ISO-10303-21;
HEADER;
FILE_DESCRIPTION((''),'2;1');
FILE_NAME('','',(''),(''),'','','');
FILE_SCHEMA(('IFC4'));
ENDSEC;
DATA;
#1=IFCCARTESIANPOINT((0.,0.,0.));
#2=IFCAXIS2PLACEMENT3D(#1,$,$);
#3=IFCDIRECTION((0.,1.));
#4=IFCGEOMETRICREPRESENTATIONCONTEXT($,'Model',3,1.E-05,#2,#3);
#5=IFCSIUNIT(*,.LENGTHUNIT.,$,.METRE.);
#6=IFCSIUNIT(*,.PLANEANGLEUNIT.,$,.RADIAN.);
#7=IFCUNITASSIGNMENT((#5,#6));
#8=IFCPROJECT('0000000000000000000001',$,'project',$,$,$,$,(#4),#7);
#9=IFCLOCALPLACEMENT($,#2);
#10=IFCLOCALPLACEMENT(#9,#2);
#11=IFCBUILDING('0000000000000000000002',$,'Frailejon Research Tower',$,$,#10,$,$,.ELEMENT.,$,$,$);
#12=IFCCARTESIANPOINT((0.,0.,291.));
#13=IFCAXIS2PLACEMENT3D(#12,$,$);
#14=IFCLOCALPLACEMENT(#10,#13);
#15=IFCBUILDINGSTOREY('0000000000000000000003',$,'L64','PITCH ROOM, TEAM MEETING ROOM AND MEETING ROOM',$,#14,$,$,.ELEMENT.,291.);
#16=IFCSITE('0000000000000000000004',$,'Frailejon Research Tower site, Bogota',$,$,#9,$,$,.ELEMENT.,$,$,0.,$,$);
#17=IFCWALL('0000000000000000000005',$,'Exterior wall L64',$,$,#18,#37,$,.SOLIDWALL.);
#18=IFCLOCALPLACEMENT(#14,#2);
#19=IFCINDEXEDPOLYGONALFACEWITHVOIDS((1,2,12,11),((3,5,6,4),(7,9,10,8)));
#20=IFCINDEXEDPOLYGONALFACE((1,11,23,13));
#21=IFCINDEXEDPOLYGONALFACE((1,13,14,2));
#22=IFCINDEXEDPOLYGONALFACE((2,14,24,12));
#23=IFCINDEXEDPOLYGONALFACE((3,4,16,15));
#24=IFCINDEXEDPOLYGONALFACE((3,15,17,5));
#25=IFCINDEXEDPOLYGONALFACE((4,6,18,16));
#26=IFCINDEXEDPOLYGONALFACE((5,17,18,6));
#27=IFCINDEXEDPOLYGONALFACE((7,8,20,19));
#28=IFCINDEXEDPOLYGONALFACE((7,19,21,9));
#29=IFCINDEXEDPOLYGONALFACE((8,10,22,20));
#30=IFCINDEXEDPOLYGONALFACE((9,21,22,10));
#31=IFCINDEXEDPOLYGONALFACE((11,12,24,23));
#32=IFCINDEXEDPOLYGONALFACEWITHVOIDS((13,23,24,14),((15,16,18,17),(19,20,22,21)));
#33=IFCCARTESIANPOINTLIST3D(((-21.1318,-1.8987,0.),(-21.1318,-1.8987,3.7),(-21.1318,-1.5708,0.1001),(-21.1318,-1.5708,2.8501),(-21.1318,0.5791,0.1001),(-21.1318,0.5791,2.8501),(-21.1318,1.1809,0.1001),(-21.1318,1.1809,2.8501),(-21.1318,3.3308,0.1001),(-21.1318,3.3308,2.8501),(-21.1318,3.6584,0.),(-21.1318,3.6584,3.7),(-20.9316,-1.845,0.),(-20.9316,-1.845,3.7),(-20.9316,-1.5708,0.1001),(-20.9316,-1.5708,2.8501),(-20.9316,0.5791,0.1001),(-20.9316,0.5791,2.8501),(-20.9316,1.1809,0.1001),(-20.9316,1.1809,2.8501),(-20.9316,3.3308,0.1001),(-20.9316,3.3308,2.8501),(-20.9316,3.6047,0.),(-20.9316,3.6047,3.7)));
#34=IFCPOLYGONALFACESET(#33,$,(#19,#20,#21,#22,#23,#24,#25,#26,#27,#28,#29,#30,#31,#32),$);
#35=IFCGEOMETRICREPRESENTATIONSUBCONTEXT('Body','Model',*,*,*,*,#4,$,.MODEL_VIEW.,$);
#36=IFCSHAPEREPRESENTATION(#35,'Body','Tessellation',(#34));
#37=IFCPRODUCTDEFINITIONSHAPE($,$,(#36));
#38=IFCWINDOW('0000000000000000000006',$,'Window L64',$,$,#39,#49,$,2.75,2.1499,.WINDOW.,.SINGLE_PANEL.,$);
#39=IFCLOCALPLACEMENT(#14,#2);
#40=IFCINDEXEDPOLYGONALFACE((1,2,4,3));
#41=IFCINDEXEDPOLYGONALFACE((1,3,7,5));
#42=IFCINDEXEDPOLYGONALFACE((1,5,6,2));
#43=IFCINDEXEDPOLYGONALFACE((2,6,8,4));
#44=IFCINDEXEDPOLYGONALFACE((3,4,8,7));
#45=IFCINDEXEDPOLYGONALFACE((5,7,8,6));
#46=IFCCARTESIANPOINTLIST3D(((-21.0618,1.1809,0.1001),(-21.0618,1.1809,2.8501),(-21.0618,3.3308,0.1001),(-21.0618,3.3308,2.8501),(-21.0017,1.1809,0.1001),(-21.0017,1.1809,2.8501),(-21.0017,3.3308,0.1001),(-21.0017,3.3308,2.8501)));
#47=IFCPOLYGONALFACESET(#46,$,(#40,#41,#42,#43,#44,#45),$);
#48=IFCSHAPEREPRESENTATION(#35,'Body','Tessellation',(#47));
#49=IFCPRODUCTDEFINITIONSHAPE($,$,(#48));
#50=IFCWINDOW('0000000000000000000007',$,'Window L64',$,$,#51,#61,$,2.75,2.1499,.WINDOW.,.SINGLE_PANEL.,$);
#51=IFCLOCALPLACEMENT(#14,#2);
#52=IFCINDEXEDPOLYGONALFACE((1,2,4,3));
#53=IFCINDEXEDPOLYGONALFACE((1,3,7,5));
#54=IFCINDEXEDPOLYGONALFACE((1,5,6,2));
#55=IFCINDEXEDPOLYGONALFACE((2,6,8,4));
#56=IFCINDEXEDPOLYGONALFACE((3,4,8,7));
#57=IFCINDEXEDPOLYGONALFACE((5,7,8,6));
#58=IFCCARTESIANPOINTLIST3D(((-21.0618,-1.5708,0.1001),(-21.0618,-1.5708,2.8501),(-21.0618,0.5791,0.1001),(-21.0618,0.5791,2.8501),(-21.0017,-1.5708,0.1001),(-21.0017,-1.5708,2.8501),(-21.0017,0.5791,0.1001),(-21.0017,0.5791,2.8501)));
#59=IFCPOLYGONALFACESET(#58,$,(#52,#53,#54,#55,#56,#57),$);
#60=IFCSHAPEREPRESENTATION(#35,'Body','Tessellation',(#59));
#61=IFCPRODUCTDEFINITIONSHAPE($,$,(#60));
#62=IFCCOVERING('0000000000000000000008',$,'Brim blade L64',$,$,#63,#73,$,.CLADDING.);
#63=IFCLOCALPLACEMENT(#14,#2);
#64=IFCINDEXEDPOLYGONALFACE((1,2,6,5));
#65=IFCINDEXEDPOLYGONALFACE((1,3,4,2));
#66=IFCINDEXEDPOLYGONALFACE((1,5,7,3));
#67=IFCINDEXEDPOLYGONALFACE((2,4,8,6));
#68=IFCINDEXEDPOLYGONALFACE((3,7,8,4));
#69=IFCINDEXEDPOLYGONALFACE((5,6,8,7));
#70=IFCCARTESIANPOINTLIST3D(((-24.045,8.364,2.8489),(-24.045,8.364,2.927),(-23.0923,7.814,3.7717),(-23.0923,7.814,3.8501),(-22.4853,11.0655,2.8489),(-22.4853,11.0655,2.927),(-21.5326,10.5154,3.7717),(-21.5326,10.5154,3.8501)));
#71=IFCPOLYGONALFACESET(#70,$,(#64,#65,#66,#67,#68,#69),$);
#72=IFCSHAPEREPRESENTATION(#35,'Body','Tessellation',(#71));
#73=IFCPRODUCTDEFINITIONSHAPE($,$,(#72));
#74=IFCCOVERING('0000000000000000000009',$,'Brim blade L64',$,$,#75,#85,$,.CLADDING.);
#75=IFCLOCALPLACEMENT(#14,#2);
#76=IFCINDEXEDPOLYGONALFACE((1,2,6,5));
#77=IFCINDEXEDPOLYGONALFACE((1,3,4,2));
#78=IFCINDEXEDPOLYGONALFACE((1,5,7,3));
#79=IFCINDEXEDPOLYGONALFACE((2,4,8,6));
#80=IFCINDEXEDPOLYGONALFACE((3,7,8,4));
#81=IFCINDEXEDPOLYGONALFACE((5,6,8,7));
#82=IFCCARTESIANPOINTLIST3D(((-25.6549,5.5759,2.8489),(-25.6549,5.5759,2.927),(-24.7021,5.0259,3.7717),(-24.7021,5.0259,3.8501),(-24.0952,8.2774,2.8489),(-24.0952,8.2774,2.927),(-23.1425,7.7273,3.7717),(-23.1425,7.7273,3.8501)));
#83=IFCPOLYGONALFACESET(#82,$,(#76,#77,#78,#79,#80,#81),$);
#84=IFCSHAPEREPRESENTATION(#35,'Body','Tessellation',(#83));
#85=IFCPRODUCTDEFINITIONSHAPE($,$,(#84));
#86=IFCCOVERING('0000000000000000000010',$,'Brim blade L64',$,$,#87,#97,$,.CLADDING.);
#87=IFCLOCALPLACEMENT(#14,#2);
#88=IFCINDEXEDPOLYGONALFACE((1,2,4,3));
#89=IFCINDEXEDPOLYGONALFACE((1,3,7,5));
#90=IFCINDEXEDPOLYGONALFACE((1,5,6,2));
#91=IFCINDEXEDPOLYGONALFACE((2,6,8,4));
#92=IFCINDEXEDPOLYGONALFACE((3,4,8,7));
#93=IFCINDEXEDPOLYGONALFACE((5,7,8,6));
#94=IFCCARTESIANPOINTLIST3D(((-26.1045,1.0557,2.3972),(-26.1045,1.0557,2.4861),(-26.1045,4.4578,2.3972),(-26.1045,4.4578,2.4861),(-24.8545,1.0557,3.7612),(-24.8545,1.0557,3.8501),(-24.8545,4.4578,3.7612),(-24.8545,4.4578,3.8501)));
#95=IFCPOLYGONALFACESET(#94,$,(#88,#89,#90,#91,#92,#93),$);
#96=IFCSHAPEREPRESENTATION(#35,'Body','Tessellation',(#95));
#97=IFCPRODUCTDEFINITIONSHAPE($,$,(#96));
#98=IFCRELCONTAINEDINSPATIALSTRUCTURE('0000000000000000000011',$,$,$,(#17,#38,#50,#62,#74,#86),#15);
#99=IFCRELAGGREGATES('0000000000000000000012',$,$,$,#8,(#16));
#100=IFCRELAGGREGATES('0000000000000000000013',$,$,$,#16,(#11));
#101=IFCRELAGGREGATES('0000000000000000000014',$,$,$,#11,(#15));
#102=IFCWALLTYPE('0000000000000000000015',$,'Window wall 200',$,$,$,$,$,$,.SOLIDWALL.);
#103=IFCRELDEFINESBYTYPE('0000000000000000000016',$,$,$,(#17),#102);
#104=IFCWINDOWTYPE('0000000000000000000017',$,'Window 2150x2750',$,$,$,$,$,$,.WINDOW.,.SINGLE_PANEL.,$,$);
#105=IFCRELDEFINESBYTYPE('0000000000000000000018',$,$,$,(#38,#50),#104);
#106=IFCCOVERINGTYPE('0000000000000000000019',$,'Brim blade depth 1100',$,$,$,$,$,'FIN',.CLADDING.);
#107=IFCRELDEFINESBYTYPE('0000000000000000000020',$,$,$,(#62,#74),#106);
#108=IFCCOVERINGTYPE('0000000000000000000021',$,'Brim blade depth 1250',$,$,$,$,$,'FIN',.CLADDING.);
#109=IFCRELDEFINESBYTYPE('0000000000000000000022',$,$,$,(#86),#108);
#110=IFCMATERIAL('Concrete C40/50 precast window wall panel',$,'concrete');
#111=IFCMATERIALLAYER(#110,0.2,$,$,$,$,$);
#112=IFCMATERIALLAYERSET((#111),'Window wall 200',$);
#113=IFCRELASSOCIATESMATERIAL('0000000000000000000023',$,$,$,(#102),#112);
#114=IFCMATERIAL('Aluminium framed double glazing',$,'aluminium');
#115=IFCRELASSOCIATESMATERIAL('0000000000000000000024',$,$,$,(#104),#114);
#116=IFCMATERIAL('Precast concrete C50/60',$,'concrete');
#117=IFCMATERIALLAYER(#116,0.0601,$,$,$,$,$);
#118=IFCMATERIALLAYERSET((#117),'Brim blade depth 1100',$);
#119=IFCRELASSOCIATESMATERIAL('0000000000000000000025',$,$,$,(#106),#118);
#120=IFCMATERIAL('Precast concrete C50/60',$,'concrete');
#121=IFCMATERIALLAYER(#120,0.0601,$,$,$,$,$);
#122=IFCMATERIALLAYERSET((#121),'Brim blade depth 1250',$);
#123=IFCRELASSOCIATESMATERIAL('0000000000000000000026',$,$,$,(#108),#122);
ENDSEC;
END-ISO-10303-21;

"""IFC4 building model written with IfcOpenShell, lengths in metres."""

from ifc_helpers import new_model, si_unit, direction, frame, frame_2d, origin, place, context, subcontext, project, spatial, polyline, rectangle, outline, extrude, material, layer, layer_set, type_object, element, fill, save


model = new_model("IFC4")

# Units and contexts
model_context = context("Model", 3, precision=1e-05, world=origin(), true_north=direction((0.0, 1.0)))
body_context = subcontext(model_context, "Body", "Model", "MODEL_VIEW")
ifc_project = project(units=[si_unit("LENGTHUNIT", "METRE"), si_unit("PLANEANGLEUNIT", "RADIAN")], contexts=[model_context])

# Site, building, storey
site_placement = place(None, origin())
site = spatial("IfcSite", under=ifc_project, at=site_placement, Name="Frailejon Research Tower site, Bogota", CompositionType="ELEMENT", RefElevation=0.0)
building_placement = place(site_placement, origin())
building = spatial("IfcBuilding", under=site, at=building_placement, Name="Frailejon Research Tower", CompositionType="ELEMENT")
storey_placement = place(building_placement, frame((0.0, 0.0, 291.0)))
storey = spatial("IfcBuildingStorey", under=building, at=storey_placement, Name="L64", Description="PITCH ROOM, TEAM MEETING ROOM AND MEETING ROOM", CompositionType="ELEMENT", Elevation=291.0)

# Wall, openings, windows
ifc_material_1 = material(Name="Concrete C40/50 precast window wall panel", Category="concrete")
ifc_layer_1 = layer(ifc_material_1, 0.2)
ifc_layer_set_1 = layer_set([ifc_layer_1], Name="Window wall 200")
wall_type_1 = type_object("IfcWallType", Name="Window wall 200", PredefinedType="SOLIDWALL", material=ifc_layer_set_1)
wall_1_placement = place(storey_placement, frame((-21.0317, 3.6316, 0.0), z_axis=(0.0, 0.0, 1.0), x_axis=(0.0, -1.0, 0.0)))
wall_1 = element("IfcWall", 1, at=wall_1_placement, inside=storey, type_object=wall_type_1, Name="Exterior wall L64", PredefinedType="SOLIDWALL", context=body_context, shape_type="SweptSolid", body=[
    extrude(outline(polyline([(-0.0269, -0.1001), (1.0845, -0.1001), (2.196, -0.1001), (3.3074, -0.1001), (4.4189, -0.1001), (5.5303, -0.1001), (5.4766, 0.1001), (4.3867, 0.1001), (3.2966, 0.1001), (2.2068, 0.1001), (1.1167, 0.1001), (0.0269, 0.1001), (-0.0269, -0.1001)])), origin(), (0.0, 0.0, 1.0), 3.7),
])
opening_1_placement = place(wall_1_placement, frame((0.3008, 0.0, 0.1001)))
opening_1 = element("IfcOpeningElement", 2, at=opening_1_placement, cuts=wall_1, PredefinedType="OPENING", context=body_context, shape_type="SweptSolid", body=[
    extrude(rectangle(XDim=2.1499, YDim=2.75, at=frame_2d((1.075, 1.375))), frame((0.0, 0.1099, 0.0), z_axis=(0.0, -1.0, 0.0), x_axis=(1.0, 0.0, 0.0)), (0.0, 0.0, 1.0), 0.22),
])
opening_2_placement = place(wall_1_placement, frame((3.0525, 0.0, 0.1001)))
opening_2 = element("IfcOpeningElement", 3, at=opening_2_placement, cuts=wall_1, PredefinedType="OPENING", context=body_context, shape_type="SweptSolid", body=[
    extrude(rectangle(XDim=2.1499, YDim=2.75, at=frame_2d((1.075, 1.375))), frame((0.0, 0.1099, 0.0), z_axis=(0.0, -1.0, 0.0), x_axis=(1.0, 0.0, 0.0)), (0.0, 0.0, 1.0), 0.22),
])
ifc_material_2 = material(Name="Aluminium framed double glazing", Category="aluminium")
window_type = type_object("IfcWindowType", Name="Window 2150x2750", PartitioningType="SINGLE_PANEL", PredefinedType="WINDOW", material=ifc_material_2)
window_1_placement = place(opening_1_placement, origin())
window_1 = element("IfcWindow", 4, at=window_1_placement, inside=storey, type_object=window_type, Name="Window L64", OverallHeight=2.75, OverallWidth=2.1499, PartitioningType="SINGLE_PANEL", PredefinedType="WINDOW", context=body_context, shape_type="SweptSolid", body=[
    extrude(rectangle(XDim=2.1499, YDim=2.75, at=frame_2d((1.075, 1.375))), frame((0.0, 0.03, 0.0), z_axis=(0.0, -1.0, 0.0), x_axis=(1.0, 0.0, 0.0)), (0.0, 0.0, 1.0), 0.0601),
])
fill(opening_1, window_1)
window_2_placement = place(opening_2_placement, origin())
window_2 = element("IfcWindow", 5, at=window_2_placement, inside=storey, type_object=window_type, Name="Window L64", OverallHeight=2.75, OverallWidth=2.1499, PartitioningType="SINGLE_PANEL", PredefinedType="WINDOW", context=body_context, shape_type="SweptSolid", body=[
    extrude(rectangle(XDim=2.1499, YDim=2.75, at=frame_2d((1.075, 1.375))), frame((0.0, 0.03, 0.0), z_axis=(0.0, -1.0, 0.0), x_axis=(1.0, 0.0, 0.0)), (0.0, 0.0, 1.0), 0.0601),
])
fill(opening_2, window_2)

# Coverings
ifc_material_3 = material(Name="Precast concrete C50/60", Category="concrete")
ifc_layer_2 = layer(ifc_material_3, 0.0601)
ifc_layer_set_2 = layer_set([ifc_layer_2], Name="Brim blade depth 1100")
covering_type_1 = type_object("IfcCoveringType", Name="Brim blade depth 1100", ElementType="FIN", PredefinedType="CLADDING", material=ifc_layer_set_2)
for number, where, z_axis, x_axis, name in (
    (6, (-23.0923, 7.814, 3.8501), (0.499998, 0.866027, 0.0), (-0.866027, 0.499998, 0.0), "Brim blade L64"),
    (7, (-24.7021, 5.0259, 3.8501), (0.499998, 0.866027, 0.0), (-0.866027, 0.499998, 0.0), "Brim blade L64"),
):
    element("IfcCovering", number, at=place(storey_placement, frame(where, z_axis=z_axis, x_axis=x_axis)), inside=storey, type_object=covering_type_1, Name=name, PredefinedType="CLADDING", context=body_context, shape_type="SweptSolid", body=[
        extrude(outline(polyline([(0.0, -0.0784), (1.1001, -1.0012), (1.1001, -0.9231), (0.0, 0.0), (0.0, -0.0784)])), origin(), (0.0, 0.0, 1.0), 3.1194),
    ])
ifc_material_4 = material(Name="Precast concrete C50/60", Category="concrete")
ifc_layer_3 = layer(ifc_material_4, 0.0601)
ifc_layer_set_3 = layer_set([ifc_layer_3], Name="Brim blade depth 1250")
covering_type_2 = type_object("IfcCoveringType", Name="Brim blade depth 1250", ElementType="FIN", PredefinedType="CLADDING", material=ifc_layer_set_3)
covering_placement = place(storey_placement, frame((-24.8545, 1.0557, 3.8501), z_axis=(0.0, 1.0, 0.0), x_axis=(-1.0, 0.0, 0.0)))
element("IfcCovering", 8, at=covering_placement, inside=storey, type_object=covering_type_2, Name="Brim blade L64", PredefinedType="CLADDING", context=body_context, shape_type="SweptSolid", body=[
    extrude(outline(polyline([(0.0, -0.0889), (1.25, -1.4529), (1.25, -1.364), (0.0, 0.0), (0.0, -0.0889)])), origin(), (0.0, 0.0, 1.0), 3.4021),
])

save(model, "model.ifc")
